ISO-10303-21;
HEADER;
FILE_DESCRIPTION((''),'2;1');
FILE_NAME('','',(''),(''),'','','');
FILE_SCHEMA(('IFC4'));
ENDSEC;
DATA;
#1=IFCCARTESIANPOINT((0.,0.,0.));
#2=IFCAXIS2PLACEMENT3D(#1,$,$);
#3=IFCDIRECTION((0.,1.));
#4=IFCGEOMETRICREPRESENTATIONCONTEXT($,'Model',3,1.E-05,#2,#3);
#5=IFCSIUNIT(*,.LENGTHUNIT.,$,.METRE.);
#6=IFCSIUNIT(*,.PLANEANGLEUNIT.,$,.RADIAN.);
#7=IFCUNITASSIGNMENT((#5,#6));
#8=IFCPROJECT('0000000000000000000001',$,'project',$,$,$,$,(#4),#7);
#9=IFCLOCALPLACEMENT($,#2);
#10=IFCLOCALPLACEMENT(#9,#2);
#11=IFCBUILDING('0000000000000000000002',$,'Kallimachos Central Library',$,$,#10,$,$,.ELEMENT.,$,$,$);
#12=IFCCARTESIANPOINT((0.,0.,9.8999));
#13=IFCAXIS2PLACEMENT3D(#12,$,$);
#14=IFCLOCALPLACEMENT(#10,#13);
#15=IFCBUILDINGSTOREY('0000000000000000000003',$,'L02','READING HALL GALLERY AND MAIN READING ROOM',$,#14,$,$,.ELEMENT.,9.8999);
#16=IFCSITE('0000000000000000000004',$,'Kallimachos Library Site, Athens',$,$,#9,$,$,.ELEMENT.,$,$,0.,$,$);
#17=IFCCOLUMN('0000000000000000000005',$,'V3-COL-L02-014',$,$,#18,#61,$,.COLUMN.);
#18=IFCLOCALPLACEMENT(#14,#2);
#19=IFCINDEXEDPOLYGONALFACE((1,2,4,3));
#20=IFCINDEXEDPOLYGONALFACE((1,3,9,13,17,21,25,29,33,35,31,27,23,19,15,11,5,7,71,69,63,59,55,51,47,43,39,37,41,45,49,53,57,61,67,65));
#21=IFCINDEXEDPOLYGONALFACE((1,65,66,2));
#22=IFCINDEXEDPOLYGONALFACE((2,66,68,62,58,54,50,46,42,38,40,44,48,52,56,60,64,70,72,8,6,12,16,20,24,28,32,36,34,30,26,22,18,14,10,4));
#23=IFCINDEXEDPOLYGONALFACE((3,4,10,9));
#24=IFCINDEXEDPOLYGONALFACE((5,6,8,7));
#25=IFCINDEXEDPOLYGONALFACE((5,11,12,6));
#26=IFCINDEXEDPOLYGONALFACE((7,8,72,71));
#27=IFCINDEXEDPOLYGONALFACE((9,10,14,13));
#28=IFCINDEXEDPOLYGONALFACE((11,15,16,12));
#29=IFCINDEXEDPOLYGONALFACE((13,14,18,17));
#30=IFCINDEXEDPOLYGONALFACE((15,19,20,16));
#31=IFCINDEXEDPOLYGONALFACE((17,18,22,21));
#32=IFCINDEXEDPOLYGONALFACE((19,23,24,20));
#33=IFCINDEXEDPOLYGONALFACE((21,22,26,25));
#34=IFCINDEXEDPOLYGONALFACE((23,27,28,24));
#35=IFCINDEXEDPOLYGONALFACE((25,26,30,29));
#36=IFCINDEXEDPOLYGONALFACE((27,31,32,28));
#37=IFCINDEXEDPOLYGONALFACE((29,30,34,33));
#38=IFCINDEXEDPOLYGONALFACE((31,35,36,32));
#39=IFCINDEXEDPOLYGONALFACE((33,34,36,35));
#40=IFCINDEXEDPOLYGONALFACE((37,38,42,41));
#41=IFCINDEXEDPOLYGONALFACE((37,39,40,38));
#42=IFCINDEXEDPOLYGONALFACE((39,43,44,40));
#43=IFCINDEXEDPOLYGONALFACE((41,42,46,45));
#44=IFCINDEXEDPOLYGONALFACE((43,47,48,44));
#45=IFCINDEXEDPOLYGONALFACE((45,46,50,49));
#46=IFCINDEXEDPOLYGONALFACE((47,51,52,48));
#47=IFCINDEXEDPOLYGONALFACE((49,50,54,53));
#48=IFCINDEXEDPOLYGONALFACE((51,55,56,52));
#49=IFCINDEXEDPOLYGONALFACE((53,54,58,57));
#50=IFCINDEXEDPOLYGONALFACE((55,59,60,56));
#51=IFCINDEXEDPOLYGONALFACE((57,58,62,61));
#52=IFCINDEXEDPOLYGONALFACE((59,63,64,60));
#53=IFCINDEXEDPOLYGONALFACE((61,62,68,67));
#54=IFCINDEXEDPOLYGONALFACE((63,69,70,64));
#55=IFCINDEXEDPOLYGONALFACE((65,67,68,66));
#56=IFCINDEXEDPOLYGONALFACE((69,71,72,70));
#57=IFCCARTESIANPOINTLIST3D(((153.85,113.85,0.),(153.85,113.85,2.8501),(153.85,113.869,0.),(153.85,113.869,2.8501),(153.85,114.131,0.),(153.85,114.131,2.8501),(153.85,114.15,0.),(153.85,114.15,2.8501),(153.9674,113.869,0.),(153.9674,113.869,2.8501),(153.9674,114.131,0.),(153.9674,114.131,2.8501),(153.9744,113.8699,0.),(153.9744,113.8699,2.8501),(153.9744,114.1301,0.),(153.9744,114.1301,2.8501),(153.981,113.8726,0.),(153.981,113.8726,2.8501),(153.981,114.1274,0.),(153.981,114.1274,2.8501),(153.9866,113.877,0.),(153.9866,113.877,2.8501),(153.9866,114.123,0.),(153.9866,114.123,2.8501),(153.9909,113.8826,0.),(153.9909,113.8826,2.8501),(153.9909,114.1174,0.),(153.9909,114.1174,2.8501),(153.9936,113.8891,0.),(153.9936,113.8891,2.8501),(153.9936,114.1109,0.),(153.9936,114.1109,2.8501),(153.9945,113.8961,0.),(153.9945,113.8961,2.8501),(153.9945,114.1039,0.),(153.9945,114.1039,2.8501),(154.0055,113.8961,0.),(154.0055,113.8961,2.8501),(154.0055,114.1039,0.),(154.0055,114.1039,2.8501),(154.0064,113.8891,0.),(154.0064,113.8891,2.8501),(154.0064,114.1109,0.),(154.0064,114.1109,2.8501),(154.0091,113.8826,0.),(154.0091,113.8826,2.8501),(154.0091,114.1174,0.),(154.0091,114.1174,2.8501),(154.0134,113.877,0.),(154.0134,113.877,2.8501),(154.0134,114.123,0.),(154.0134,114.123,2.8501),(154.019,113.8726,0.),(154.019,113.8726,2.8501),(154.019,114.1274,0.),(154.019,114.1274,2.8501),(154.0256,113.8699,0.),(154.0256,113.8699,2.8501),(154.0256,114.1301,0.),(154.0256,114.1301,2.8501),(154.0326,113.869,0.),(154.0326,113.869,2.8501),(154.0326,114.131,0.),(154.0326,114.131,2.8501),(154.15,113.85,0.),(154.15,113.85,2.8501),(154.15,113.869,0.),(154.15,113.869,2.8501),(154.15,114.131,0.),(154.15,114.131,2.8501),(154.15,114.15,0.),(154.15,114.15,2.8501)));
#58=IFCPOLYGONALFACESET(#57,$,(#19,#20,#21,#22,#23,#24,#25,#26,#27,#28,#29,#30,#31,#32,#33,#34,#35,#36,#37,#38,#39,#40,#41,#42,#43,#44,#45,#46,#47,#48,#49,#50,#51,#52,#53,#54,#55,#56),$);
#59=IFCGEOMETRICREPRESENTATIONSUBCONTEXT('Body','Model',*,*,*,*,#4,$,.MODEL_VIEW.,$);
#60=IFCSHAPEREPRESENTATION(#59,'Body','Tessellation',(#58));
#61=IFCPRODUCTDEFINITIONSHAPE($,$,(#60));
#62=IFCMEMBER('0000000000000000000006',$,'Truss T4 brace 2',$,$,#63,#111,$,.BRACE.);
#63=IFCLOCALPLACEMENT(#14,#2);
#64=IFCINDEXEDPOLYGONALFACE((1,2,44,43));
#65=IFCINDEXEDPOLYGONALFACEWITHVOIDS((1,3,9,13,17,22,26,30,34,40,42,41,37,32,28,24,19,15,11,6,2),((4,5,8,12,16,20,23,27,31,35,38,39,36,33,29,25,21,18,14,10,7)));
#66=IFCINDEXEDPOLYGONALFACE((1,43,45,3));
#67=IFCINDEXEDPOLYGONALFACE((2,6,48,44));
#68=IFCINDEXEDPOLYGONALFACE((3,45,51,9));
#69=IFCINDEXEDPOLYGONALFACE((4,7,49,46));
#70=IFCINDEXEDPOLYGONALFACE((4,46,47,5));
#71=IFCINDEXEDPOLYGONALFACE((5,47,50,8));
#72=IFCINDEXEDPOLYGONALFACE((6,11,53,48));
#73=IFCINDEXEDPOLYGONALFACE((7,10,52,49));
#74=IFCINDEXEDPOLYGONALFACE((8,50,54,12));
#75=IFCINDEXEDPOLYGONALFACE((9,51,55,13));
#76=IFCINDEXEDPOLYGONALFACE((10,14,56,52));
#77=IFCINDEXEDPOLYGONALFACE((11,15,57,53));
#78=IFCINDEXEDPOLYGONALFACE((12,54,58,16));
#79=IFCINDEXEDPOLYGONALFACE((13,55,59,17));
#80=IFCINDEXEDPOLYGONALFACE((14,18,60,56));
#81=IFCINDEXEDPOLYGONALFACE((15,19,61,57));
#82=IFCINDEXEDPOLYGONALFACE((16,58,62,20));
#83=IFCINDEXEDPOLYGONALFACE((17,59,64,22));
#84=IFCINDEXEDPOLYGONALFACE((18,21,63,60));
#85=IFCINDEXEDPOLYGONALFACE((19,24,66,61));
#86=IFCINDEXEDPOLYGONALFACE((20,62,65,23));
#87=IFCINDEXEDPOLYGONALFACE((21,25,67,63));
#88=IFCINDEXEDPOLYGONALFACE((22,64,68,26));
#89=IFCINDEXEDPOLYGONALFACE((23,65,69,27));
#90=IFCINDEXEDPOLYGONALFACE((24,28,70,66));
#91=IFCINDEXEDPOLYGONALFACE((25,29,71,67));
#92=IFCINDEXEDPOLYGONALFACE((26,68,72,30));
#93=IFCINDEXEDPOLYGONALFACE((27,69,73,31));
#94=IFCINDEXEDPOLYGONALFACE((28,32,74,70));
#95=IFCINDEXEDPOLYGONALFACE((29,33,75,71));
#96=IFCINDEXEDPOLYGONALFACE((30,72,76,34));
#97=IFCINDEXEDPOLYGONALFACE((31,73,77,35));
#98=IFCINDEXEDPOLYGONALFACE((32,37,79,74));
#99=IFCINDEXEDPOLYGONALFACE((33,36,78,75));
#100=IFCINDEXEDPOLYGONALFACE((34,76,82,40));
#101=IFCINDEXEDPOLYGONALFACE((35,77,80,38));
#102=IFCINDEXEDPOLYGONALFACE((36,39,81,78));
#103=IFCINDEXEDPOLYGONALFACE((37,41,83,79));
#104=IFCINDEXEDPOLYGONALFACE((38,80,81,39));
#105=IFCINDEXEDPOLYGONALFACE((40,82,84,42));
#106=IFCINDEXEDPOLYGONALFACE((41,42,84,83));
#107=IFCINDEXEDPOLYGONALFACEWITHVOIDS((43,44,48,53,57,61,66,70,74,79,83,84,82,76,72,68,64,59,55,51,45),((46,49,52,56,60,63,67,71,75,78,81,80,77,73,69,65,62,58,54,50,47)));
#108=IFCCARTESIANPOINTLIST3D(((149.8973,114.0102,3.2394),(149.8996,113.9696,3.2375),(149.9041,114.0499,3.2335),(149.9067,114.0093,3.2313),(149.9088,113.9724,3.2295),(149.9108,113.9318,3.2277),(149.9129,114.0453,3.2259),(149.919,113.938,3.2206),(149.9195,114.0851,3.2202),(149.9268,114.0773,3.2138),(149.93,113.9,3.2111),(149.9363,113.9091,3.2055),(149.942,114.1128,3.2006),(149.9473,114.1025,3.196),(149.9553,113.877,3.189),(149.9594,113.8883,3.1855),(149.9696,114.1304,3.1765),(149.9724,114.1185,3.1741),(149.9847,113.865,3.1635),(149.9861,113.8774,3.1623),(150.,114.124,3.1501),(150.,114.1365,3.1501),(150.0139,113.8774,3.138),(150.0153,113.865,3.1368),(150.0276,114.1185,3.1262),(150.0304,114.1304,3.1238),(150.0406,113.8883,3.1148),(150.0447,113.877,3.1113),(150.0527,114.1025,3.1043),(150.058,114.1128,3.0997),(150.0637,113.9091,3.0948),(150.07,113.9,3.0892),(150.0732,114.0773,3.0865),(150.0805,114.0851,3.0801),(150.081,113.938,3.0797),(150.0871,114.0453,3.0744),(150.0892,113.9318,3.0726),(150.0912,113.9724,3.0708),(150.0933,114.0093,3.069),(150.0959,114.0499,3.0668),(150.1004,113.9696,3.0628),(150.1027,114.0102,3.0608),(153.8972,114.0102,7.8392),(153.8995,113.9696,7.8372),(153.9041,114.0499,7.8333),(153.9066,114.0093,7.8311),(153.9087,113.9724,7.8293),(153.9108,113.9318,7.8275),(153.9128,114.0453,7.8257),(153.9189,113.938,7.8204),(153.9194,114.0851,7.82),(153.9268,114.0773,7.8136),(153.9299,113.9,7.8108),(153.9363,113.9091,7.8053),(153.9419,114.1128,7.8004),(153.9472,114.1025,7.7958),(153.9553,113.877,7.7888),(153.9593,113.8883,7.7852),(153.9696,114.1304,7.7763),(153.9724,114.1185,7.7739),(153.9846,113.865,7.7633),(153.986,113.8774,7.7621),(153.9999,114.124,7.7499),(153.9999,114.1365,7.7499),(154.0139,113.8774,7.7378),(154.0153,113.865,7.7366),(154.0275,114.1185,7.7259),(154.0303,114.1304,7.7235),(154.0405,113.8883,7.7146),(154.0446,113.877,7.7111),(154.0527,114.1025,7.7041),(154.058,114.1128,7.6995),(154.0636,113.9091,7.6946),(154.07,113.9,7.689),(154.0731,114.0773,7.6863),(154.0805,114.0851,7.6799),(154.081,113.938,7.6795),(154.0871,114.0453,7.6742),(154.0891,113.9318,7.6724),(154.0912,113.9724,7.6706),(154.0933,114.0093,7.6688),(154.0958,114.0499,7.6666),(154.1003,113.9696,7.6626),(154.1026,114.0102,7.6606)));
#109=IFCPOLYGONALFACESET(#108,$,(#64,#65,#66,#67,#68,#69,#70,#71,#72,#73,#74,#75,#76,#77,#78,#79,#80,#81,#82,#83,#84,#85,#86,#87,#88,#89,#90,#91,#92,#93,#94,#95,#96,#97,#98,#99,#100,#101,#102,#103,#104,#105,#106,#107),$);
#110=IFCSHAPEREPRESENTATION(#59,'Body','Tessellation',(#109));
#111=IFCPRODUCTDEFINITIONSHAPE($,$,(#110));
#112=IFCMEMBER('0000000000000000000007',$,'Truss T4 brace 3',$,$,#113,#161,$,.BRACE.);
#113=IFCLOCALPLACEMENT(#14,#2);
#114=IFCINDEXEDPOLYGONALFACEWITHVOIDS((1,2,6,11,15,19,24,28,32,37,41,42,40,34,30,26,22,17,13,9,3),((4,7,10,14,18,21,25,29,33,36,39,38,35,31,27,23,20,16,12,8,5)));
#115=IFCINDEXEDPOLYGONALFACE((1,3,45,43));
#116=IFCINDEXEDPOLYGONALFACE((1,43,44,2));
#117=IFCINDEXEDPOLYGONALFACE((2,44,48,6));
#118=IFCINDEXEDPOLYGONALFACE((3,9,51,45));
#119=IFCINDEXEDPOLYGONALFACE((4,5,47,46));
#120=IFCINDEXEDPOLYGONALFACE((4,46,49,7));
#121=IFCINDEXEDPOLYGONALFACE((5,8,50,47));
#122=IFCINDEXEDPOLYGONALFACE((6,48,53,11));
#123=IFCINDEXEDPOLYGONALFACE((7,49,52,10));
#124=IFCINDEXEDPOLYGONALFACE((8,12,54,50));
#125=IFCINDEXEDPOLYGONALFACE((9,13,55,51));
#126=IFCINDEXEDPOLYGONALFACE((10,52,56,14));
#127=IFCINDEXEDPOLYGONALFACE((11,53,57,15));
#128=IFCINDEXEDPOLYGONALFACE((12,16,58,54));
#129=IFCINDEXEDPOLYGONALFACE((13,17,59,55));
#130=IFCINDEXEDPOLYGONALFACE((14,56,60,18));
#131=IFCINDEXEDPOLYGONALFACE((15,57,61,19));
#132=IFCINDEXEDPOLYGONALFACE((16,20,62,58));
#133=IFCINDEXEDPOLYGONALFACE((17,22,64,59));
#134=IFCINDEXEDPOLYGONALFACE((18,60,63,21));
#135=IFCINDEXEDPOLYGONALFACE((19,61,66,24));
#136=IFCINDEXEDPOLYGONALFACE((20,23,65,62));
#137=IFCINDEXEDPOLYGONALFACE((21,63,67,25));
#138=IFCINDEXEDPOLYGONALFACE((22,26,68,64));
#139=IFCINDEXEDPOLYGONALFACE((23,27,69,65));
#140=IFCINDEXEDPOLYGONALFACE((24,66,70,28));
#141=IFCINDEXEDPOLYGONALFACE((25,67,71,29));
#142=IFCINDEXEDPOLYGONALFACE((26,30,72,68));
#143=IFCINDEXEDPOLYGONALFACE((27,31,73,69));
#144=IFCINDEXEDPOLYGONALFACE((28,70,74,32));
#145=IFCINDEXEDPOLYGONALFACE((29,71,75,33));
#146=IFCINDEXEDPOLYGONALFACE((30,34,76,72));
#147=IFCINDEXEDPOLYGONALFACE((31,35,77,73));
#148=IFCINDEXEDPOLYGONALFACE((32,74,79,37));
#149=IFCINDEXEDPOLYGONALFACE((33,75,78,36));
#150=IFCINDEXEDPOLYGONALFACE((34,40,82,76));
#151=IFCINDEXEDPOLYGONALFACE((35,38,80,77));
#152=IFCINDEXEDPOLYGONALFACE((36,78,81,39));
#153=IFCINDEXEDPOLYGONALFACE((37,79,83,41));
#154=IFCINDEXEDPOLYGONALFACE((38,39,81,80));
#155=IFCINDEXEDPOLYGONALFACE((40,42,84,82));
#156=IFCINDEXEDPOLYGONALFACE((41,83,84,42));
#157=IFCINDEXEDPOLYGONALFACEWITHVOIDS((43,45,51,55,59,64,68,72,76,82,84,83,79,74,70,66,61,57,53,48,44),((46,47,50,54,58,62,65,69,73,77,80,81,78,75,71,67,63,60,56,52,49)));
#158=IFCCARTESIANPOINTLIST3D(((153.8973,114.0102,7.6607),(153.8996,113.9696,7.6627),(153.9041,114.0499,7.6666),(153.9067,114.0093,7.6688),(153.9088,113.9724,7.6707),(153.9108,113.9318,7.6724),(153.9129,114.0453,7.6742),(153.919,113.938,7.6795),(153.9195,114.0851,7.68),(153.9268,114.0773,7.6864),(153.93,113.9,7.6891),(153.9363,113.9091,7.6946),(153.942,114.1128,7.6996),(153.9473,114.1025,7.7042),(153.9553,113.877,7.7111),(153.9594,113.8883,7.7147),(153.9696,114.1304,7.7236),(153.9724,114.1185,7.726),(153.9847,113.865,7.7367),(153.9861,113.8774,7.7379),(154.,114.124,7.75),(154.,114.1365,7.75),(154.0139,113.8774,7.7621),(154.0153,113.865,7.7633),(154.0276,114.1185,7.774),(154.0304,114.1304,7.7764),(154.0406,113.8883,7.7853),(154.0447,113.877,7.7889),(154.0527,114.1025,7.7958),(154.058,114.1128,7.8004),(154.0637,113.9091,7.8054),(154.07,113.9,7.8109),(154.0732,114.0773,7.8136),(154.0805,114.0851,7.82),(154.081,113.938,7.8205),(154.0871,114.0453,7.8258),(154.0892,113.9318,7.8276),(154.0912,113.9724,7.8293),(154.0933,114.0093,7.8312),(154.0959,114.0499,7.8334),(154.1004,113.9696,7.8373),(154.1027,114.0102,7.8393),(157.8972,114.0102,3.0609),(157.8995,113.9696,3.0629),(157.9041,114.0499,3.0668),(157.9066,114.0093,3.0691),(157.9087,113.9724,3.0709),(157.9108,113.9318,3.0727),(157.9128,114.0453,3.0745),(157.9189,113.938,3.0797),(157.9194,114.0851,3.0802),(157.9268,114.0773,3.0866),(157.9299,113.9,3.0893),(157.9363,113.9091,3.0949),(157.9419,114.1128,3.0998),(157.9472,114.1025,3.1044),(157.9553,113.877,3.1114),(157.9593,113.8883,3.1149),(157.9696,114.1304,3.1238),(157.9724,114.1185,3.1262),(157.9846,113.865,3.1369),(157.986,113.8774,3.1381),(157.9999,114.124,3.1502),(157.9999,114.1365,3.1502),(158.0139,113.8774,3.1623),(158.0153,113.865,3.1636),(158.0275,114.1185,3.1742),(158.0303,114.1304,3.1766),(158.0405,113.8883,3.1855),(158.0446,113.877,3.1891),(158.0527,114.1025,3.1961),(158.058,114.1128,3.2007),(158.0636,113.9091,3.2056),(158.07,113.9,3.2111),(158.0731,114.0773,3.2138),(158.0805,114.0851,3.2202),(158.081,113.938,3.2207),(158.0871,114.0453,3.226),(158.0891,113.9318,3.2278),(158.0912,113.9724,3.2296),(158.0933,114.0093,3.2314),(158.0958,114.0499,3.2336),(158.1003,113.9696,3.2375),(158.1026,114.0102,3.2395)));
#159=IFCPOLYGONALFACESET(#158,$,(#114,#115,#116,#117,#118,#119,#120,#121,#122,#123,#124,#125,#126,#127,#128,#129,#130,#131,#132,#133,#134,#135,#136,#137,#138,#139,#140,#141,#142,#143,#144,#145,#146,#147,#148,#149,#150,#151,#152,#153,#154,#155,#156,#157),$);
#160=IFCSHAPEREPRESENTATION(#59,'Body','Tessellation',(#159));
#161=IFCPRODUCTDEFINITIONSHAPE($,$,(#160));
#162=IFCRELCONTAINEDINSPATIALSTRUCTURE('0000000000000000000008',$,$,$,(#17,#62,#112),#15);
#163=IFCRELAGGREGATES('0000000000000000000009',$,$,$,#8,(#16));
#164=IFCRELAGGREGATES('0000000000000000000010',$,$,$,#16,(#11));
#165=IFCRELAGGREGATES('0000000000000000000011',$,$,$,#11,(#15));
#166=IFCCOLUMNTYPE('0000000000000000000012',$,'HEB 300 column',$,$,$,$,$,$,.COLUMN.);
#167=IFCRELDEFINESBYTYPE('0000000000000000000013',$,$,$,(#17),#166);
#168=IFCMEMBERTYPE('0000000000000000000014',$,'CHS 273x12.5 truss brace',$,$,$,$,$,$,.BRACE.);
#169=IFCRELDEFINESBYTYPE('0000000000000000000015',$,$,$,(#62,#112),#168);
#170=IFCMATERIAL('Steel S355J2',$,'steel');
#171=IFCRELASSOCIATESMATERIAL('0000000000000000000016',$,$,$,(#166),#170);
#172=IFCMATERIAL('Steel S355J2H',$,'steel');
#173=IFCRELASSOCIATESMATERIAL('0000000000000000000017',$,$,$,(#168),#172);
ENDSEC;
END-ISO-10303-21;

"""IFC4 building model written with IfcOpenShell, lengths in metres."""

from ifc_helpers import new_model, si_unit, direction, frame, origin, origin_2d, place, context, subcontext, project, spatial, hollow_circle, i_section, extrude, material, material_profile, profile_set, type_object, element, save


model = new_model("IFC4")

# Units and contexts
model_context = context("Model", 3, precision=1e-05, world=origin(), true_north=direction((0.0, 1.0)))
body_context = subcontext(model_context, "Body", "Model", "MODEL_VIEW")
ifc_project = project(units=[si_unit("LENGTHUNIT", "METRE"), si_unit("PLANEANGLEUNIT", "RADIAN")], contexts=[model_context])

# Site, building, storey
site_placement = place(None, origin())
site = spatial("IfcSite", under=ifc_project, at=site_placement, Name="Kallimachos Library Site, Athens", CompositionType="ELEMENT", RefElevation=0.0)
building_placement = place(site_placement, origin())
building = spatial("IfcBuilding", under=site, at=building_placement, Name="Kallimachos Central Library", CompositionType="ELEMENT")
storey_placement = place(building_placement, frame((0.0, 0.0, 9.8999)))
storey = spatial("IfcBuildingStorey", under=building, at=storey_placement, Name="L02", Description="READING HALL GALLERY AND MAIN READING ROOM", CompositionType="ELEMENT", Elevation=9.8999)

# Column
ifc_material_1 = material(Name="Steel S355J2", Category="steel")
ifc_material_profile_1 = material_profile(ifc_material_1, i_section(OverallWidth=0.3, OverallDepth=0.3, WebThickness=0.011, FlangeThickness=0.019, FilletRadius=0.0271, at=origin_2d()), Name="HEB 300")
ifc_profile_set_1 = profile_set([ifc_material_profile_1], Name="Steel S355J2")
column_type = type_object("IfcColumnType", Name="HEB 300 column", PredefinedType="COLUMN", material=ifc_profile_set_1)
column_placement = place(storey_placement, frame((154.0, 114.0, 0.0), z_axis=(0.0, 0.0, 1.0), x_axis=(1.0, 0.0, 0.0)))
element("IfcColumn", 1, at=column_placement, inside=storey, type_object=column_type, Name="V3-COL-L02-014", PredefinedType="COLUMN", context=body_context, shape_type="SweptSolid", body=[
    extrude(i_section(OverallWidth=0.3, OverallDepth=0.3, WebThickness=0.011, FlangeThickness=0.019, FilletRadius=0.0271, at=origin_2d()), origin(), (0.0, 0.0, 1.0), 2.8501),
])

# Members
ifc_material_2 = material(Name="Steel S355J2H", Category="steel")
ifc_material_profile_2 = material_profile(ifc_material_2, hollow_circle(Radius=0.1365, WallThickness=0.0125, at=origin_2d()), Name="CHS 273x12.5")
ifc_profile_set_2 = profile_set([ifc_material_profile_2], Name="Steel S355J2H")
member_type_1 = type_object("IfcMemberType", Name="CHS 273x12.5 truss brace", PredefinedType="BRACE", material=ifc_profile_set_2)
for number, where, z_axis, x_axis, name in (
    (2, (150.0, 114.0, 3.1501), (0.656191, 0.0, 0.754595), (0.0, 1.0, 0.0), "Truss T4 brace 2"),
    (3, (154.0, 114.0, 7.75), (0.656191, 0.0, -0.754595), (0.0, 1.0, 0.0), "Truss T4 brace 3"),
):
    element("IfcMember", number, at=place(storey_placement, frame(where, z_axis=z_axis, x_axis=x_axis)), inside=storey, type_object=member_type_1, Name=name, PredefinedType="BRACE", context=body_context, shape_type="SweptSolid", body=[
        extrude(hollow_circle(Radius=0.1365, WallThickness=0.0125, at=origin_2d()), origin(), (0.0, 0.0, 1.0), 6.0957),
    ])

save(model, "model.ifc")
